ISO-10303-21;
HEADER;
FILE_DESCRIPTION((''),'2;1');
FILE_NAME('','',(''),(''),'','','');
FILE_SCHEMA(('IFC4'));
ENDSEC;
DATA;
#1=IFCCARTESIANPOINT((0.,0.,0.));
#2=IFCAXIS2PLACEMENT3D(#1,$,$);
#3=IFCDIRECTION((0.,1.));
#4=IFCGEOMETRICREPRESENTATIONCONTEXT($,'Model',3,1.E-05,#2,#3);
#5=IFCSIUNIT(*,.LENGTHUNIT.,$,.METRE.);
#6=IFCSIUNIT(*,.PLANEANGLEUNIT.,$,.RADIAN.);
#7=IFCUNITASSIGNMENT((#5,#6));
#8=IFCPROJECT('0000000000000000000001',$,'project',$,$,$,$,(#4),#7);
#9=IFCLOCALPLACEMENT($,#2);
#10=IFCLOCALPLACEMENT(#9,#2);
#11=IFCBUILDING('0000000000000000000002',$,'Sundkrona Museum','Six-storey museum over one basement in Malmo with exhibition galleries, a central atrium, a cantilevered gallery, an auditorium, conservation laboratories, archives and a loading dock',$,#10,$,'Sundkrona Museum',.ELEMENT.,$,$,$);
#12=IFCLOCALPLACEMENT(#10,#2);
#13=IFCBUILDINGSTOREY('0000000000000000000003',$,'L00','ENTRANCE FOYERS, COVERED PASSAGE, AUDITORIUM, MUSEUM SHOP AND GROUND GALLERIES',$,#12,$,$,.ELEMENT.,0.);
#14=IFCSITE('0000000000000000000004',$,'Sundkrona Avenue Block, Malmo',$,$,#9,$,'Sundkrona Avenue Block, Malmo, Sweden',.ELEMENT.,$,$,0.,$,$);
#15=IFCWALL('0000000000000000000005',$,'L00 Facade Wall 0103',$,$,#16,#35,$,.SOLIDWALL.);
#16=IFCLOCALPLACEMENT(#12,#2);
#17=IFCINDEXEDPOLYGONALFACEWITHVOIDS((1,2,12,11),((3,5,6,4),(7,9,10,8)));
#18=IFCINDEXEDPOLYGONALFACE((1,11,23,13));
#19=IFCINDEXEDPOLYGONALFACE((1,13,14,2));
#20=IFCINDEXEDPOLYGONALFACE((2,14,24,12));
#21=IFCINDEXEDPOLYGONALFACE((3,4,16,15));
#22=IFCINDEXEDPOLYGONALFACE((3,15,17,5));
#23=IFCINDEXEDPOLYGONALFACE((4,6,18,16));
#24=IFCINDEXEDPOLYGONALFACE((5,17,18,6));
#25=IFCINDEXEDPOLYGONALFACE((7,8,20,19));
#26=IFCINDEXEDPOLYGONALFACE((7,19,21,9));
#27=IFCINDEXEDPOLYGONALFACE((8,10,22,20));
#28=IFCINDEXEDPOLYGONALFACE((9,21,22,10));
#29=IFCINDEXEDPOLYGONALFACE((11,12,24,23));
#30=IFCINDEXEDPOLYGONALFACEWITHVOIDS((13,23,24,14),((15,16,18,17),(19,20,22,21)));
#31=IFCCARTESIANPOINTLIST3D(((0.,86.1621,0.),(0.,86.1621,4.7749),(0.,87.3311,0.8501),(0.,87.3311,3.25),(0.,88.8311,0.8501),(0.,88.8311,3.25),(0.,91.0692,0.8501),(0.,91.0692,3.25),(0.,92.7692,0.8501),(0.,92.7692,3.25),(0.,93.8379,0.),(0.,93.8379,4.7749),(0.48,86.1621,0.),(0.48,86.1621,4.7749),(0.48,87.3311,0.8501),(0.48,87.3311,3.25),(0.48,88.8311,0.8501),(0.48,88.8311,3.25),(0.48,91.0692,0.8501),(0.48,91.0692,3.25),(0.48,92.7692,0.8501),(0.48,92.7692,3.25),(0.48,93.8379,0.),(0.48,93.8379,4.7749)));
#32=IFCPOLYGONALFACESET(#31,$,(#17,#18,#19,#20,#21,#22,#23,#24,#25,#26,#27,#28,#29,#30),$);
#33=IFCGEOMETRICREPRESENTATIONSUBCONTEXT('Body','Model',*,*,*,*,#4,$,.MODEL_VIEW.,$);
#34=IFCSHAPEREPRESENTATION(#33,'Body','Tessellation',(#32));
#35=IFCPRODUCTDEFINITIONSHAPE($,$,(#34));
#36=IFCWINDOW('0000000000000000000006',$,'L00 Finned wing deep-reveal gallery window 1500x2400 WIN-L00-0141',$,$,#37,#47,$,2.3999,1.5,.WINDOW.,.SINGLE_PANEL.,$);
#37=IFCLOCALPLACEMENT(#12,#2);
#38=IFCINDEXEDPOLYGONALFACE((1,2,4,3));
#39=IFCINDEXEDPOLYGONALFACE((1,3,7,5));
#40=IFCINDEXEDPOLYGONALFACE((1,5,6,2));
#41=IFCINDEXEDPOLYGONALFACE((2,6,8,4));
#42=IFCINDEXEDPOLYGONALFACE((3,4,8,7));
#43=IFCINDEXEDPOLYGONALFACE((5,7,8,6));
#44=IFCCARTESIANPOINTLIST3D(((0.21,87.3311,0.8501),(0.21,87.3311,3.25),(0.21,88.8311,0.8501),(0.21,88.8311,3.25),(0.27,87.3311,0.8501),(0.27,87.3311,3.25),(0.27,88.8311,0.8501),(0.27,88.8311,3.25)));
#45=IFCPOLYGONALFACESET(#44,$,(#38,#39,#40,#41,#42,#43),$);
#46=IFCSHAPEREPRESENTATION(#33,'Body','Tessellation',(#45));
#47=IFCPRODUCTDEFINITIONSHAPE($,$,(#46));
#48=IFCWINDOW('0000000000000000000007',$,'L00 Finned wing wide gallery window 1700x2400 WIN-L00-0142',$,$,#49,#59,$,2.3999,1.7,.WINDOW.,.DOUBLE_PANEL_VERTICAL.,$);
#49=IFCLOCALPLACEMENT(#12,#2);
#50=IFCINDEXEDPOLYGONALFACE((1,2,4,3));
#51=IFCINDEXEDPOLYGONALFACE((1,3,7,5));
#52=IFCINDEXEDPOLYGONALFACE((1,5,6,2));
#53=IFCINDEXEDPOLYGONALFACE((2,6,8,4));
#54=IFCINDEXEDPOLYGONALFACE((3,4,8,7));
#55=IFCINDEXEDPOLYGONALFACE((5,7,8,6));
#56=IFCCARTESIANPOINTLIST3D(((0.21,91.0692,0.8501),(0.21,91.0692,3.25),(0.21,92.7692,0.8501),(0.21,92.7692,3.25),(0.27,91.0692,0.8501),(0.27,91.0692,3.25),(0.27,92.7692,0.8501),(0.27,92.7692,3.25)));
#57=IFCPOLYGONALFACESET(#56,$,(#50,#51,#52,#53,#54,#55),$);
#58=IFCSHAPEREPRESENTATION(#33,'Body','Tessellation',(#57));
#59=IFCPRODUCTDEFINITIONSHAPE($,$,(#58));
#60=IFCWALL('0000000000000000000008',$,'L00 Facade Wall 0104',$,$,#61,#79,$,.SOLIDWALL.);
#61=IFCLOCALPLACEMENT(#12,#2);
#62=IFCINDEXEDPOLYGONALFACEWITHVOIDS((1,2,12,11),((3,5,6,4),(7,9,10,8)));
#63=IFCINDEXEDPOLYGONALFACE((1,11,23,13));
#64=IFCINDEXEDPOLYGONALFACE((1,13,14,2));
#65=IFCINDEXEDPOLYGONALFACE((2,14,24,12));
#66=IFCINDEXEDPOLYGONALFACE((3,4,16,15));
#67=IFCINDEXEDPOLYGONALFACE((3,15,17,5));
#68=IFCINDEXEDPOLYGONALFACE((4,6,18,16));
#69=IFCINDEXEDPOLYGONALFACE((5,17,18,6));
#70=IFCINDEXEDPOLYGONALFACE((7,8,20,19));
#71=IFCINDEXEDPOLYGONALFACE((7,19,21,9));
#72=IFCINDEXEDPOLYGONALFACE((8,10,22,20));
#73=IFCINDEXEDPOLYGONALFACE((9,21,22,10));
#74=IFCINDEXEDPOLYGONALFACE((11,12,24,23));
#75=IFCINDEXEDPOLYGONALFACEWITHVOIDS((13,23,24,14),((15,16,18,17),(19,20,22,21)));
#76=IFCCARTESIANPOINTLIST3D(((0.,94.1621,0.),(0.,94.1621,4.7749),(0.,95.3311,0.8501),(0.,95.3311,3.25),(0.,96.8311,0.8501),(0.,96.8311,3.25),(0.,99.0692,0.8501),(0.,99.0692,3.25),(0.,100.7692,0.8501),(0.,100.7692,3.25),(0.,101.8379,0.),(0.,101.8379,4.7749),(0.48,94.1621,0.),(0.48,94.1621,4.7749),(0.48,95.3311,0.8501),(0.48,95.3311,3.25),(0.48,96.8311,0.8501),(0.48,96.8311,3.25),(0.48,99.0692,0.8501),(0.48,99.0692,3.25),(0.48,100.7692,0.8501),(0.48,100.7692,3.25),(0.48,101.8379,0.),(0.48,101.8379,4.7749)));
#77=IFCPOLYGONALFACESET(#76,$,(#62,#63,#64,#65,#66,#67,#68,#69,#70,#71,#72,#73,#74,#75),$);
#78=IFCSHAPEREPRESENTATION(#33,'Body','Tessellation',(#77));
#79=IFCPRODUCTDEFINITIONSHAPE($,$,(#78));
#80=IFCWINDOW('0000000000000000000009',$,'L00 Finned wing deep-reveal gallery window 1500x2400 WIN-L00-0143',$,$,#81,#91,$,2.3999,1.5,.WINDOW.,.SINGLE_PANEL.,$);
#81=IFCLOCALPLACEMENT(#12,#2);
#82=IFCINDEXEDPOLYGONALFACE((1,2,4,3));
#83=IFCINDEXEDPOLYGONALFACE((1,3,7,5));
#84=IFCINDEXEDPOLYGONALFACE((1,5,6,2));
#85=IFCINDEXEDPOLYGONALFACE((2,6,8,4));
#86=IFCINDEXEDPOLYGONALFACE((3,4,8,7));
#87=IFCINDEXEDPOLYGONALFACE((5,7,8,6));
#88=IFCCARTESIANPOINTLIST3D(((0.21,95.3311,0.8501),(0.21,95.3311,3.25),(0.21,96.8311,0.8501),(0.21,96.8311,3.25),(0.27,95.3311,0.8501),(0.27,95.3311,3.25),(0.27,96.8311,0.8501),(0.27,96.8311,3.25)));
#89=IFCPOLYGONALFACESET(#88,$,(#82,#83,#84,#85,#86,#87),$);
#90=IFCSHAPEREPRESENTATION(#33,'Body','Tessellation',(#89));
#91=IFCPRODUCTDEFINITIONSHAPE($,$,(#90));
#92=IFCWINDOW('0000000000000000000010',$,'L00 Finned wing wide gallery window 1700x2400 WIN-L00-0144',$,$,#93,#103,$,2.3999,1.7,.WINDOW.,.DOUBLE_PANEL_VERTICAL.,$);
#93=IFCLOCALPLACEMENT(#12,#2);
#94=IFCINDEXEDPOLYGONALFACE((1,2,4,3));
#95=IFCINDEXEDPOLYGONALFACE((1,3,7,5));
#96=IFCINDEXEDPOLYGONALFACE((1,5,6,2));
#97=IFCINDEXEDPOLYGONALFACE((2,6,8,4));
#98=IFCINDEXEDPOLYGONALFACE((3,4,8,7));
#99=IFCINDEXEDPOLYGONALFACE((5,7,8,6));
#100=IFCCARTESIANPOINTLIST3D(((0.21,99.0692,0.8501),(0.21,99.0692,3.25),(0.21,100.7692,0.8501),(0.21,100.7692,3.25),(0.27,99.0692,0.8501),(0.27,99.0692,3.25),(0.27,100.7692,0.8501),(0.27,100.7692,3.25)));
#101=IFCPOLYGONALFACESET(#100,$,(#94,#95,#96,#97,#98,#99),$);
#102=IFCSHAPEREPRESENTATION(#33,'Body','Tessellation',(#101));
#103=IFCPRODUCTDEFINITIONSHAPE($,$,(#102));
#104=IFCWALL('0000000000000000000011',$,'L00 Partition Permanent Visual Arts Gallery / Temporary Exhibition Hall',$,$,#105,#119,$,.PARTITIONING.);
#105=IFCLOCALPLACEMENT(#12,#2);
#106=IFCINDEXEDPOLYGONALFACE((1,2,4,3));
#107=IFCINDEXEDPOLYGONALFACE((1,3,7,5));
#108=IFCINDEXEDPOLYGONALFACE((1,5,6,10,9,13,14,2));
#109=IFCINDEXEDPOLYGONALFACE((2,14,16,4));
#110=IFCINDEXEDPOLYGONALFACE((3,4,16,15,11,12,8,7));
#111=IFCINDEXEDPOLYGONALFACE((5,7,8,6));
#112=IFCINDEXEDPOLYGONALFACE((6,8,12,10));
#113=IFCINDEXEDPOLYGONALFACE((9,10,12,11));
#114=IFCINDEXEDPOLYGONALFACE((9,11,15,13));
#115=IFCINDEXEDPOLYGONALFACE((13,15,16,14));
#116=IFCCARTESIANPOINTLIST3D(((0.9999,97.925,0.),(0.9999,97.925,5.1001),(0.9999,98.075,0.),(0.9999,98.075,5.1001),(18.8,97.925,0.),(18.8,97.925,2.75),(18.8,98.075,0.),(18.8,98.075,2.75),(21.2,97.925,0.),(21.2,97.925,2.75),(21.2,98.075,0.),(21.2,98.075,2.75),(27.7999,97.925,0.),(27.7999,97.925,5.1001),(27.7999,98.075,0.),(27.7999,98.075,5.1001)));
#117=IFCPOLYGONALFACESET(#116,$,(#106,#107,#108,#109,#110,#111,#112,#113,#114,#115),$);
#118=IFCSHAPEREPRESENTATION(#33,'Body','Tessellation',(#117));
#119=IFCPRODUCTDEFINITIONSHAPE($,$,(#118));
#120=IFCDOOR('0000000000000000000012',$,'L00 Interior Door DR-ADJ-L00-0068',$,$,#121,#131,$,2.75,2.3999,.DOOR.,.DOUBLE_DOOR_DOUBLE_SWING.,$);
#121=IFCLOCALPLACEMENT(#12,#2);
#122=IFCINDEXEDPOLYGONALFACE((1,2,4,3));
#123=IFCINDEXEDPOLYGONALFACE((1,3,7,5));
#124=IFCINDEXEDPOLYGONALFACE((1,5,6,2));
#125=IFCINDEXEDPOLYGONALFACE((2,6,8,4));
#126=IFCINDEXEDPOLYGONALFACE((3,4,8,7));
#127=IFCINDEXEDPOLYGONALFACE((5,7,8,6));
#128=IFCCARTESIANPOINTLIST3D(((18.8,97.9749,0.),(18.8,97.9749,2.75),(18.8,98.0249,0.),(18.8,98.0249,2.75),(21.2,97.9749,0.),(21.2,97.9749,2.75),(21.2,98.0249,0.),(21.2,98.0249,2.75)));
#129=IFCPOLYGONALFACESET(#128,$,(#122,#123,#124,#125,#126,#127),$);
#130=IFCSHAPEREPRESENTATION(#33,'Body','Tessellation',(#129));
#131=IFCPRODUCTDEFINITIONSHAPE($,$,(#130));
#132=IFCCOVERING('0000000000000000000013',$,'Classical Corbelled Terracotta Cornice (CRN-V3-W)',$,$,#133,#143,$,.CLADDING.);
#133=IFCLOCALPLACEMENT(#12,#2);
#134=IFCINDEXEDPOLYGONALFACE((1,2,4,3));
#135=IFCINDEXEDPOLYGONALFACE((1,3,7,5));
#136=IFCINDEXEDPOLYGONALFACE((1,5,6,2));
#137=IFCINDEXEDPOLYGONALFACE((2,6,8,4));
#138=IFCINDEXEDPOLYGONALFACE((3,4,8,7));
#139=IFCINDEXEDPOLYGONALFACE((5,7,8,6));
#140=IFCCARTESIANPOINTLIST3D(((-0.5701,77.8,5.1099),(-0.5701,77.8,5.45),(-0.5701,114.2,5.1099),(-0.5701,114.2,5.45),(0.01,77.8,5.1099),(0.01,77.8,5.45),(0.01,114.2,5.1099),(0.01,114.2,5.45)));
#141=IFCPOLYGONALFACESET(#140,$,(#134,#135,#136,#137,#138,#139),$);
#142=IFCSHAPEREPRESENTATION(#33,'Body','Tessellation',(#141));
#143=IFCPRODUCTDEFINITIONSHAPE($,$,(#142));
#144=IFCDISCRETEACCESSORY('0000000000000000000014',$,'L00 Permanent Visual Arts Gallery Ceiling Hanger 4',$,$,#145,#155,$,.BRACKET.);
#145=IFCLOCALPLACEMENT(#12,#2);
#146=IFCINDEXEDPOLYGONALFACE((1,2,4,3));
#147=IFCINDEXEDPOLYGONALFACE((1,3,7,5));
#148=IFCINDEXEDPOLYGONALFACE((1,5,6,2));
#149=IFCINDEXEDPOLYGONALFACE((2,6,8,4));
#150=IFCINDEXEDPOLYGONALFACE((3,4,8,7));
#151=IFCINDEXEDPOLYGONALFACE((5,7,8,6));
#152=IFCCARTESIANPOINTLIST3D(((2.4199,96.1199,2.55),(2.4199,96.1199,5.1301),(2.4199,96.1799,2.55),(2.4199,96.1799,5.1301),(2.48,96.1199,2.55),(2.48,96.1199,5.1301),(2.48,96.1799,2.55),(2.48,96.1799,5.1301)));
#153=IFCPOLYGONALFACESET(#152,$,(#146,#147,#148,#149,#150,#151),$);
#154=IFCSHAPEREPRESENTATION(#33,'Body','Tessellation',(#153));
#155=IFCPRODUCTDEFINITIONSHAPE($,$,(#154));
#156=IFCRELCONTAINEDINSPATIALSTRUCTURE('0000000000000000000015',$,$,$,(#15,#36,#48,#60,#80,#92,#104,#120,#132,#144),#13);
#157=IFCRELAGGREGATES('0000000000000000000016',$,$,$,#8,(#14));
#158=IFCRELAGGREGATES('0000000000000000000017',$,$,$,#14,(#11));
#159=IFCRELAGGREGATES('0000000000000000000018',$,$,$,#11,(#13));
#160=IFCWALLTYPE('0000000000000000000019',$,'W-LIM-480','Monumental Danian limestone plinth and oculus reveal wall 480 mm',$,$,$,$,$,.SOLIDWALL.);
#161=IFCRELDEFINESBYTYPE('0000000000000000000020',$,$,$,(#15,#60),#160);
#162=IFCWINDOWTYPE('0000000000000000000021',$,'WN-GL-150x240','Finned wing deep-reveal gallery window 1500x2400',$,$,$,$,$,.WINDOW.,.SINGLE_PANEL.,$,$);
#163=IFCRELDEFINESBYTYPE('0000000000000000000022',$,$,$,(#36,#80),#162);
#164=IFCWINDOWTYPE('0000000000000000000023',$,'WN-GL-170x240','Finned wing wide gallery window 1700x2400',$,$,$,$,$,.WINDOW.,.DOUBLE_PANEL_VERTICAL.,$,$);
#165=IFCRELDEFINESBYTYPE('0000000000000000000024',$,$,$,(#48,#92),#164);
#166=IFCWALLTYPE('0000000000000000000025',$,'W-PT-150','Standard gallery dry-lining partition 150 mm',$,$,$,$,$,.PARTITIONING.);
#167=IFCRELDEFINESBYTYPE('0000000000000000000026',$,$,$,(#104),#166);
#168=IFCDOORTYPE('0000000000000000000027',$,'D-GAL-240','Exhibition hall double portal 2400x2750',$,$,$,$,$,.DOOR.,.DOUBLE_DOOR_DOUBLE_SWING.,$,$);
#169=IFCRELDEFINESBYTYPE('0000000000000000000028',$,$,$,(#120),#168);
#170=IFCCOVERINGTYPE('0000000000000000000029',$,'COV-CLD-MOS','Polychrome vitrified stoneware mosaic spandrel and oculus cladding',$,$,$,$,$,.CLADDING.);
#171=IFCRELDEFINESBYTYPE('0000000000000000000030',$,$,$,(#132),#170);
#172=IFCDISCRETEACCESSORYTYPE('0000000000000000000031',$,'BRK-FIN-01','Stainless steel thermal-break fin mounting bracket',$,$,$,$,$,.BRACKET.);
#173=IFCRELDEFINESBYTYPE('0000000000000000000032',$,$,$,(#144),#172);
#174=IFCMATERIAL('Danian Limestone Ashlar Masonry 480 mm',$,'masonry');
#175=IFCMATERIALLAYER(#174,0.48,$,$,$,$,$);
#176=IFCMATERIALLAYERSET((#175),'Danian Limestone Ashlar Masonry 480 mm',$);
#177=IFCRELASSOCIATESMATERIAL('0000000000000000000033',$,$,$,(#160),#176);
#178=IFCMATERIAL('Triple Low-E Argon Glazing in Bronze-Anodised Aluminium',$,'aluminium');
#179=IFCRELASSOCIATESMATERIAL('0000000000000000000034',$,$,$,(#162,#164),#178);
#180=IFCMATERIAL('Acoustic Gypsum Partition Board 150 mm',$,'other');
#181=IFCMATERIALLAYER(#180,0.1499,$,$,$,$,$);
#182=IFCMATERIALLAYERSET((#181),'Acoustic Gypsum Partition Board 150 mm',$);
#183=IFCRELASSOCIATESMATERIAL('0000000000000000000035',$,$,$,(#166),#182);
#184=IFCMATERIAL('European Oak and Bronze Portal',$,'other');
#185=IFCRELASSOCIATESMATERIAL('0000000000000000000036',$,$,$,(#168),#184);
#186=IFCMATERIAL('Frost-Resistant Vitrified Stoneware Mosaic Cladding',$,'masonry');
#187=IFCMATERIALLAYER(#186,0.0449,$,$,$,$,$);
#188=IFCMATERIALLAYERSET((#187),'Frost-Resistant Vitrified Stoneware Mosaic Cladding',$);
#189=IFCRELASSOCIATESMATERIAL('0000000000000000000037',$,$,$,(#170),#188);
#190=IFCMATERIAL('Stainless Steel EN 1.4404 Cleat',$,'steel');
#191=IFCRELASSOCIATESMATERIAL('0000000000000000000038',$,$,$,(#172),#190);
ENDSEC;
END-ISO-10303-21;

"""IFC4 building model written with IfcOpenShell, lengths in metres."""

from ifc_helpers import new_model, si_unit, direction, frame, frame_2d, origin, origin_2d, place, context, subcontext, project, spatial, rectangle, extrude, material, layer, layer_set, type_object, element, fill, save


model = new_model("IFC4")

# Units and contexts
model_context = context("Model", 3, precision=1e-05, world=origin(), true_north=direction((0.0, 1.0)))
body_context = subcontext(model_context, "Body", "Model", "MODEL_VIEW")
ifc_project = project(units=[si_unit("LENGTHUNIT", "METRE"), si_unit("PLANEANGLEUNIT", "RADIAN")], contexts=[model_context])

# Site, building, storey
site_placement = place(None, origin())
site = spatial("IfcSite", under=ifc_project, at=site_placement, Name="Sundkrona Avenue Block, Malmo", LongName="Sundkrona Avenue Block, Malmo, Sweden", CompositionType="ELEMENT", RefElevation=0.0)
building_placement = place(site_placement, origin())
building = spatial("IfcBuilding", under=site, at=building_placement, Name="Sundkrona Museum", Description="Six-storey museum over one basement in Malmo with exhibition galleries, a central atrium, a cantilevered gallery, an auditorium, conservation laboratories, archives and a loading dock", LongName="Sundkrona Museum", CompositionType="ELEMENT")
storey_placement = place(building_placement, origin())
storey = spatial("IfcBuildingStorey", under=building, at=storey_placement, Name="L00", Description="ENTRANCE FOYERS, COVERED PASSAGE, AUDITORIUM, MUSEUM SHOP AND GROUND GALLERIES", CompositionType="ELEMENT", Elevation=0.0)

# Walls, openings, windows
ifc_material_1 = material(Name="Danian Limestone Ashlar Masonry 480 mm", Category="masonry")
ifc_layer_1 = layer(ifc_material_1, 0.48)
ifc_layer_set_1 = layer_set([ifc_layer_1], Name="Danian Limestone Ashlar Masonry 480 mm")
wall_type_1 = type_object("IfcWallType", Name="W-LIM-480", Description="Monumental Danian limestone plinth and oculus reveal wall 480 mm", PredefinedType="SOLIDWALL", material=ifc_layer_set_1)
wall_1_placement = place(storey_placement, frame((0.24, 86.1621, 0.0), z_axis=(0.0, 0.0, 1.0), x_axis=(0.0, 1.0, 0.0)))
wall_1 = element("IfcWall", 1, at=wall_1_placement, inside=storey, type_object=wall_type_1, Name="L00 Facade Wall 0103", PredefinedType="SOLIDWALL", context=body_context, shape_type="SweptSolid", body=[
    extrude(rectangle(XDim=7.6758, YDim=0.48, at=frame_2d((3.8379, 0.0))), origin(), (0.0, 0.0, 1.0), 4.7749),
])
opening_1_placement = place(wall_1_placement, frame((1.1689, 0.0, 0.8501)))
opening_1 = element("IfcOpeningElement", 2, at=opening_1_placement, cuts=wall_1, PredefinedType="OPENING", context=body_context, shape_type="SweptSolid", body=[
    extrude(rectangle(XDim=1.5, YDim=2.3999, at=frame_2d((0.75, 1.2))), frame((0.0, 0.25, 0.0), z_axis=(0.0, -1.0, 0.0), x_axis=(1.0, 0.0, 0.0)), (0.0, 0.0, 1.0), 0.5),
])
opening_2_placement = place(wall_1_placement, frame((4.907, 0.0, 0.8501)))
opening_2 = element("IfcOpeningElement", 3, at=opening_2_placement, cuts=wall_1, PredefinedType="OPENING", context=body_context, shape_type="SweptSolid", body=[
    extrude(rectangle(XDim=1.7, YDim=2.3999, at=frame_2d((0.8501, 1.2))), frame((0.0, 0.25, 0.0), z_axis=(0.0, -1.0, 0.0), x_axis=(1.0, 0.0, 0.0)), (0.0, 0.0, 1.0), 0.5),
])
ifc_material_2 = material(Name="Triple Low-E Argon Glazing in Bronze-Anodised Aluminium", Category="aluminium")
window_type_1 = type_object("IfcWindowType", Name="WN-GL-150x240", Description="Finned wing deep-reveal gallery window 1500x2400", PartitioningType="SINGLE_PANEL", PredefinedType="WINDOW", material=ifc_material_2)
window_1_placement = place(opening_1_placement, origin())
window_1 = element("IfcWindow", 4, at=window_1_placement, inside=storey, type_object=window_type_1, Name="L00 Finned wing deep-reveal gallery window 1500x2400 WIN-L00-0141", OverallHeight=2.3999, OverallWidth=1.5, PartitioningType="SINGLE_PANEL", PredefinedType="WINDOW", context=body_context, shape_type="SweptSolid", body=[
    extrude(rectangle(XDim=1.5, YDim=2.3999, at=frame_2d((0.75, 1.2))), frame((0.0, 0.03, 0.0), z_axis=(0.0, -1.0, 0.0), x_axis=(1.0, 0.0, 0.0)), (0.0, 0.0, 1.0), 0.0601),
])
fill(opening_1, window_1)
window_type_2 = type_object("IfcWindowType", Name="WN-GL-170x240", Description="Finned wing wide gallery window 1700x2400", PartitioningType="DOUBLE_PANEL_VERTICAL", PredefinedType="WINDOW", material=ifc_material_2)
window_2_placement = place(opening_2_placement, origin())
window_2 = element("IfcWindow", 5, at=window_2_placement, inside=storey, type_object=window_type_2, Name="L00 Finned wing wide gallery window 1700x2400 WIN-L00-0142", OverallHeight=2.3999, OverallWidth=1.7, PartitioningType="DOUBLE_PANEL_VERTICAL", PredefinedType="WINDOW", context=body_context, shape_type="SweptSolid", body=[
    extrude(rectangle(XDim=1.7, YDim=2.3999, at=frame_2d((0.8501, 1.2))), frame((0.0, 0.03, 0.0), z_axis=(0.0, -1.0, 0.0), x_axis=(1.0, 0.0, 0.0)), (0.0, 0.0, 1.0), 0.0601),
])
fill(opening_2, window_2)
wall_2_placement = place(storey_placement, frame((0.24, 94.1621, 0.0), z_axis=(0.0, 0.0, 1.0), x_axis=(0.0, 1.0, 0.0)))
wall_2 = element("IfcWall", 6, at=wall_2_placement, inside=storey, type_object=wall_type_1, Name="L00 Facade Wall 0104", PredefinedType="SOLIDWALL", context=body_context, shape_type="SweptSolid", body=[
    extrude(rectangle(XDim=7.6758, YDim=0.48, at=frame_2d((3.8379, 0.0))), origin(), (0.0, 0.0, 1.0), 4.7749),
])
opening_3_placement = place(wall_2_placement, frame((1.1689, 0.0, 0.8501)))
opening_3 = element("IfcOpeningElement", 7, at=opening_3_placement, cuts=wall_2, PredefinedType="OPENING", context=body_context, shape_type="SweptSolid", body=[
    extrude(rectangle(XDim=1.5, YDim=2.3999, at=frame_2d((0.75, 1.2))), frame((0.0, 0.25, 0.0), z_axis=(0.0, -1.0, 0.0), x_axis=(1.0, 0.0, 0.0)), (0.0, 0.0, 1.0), 0.5),
])
opening_4_placement = place(wall_2_placement, frame((4.907, 0.0, 0.8501)))
opening_4 = element("IfcOpeningElement", 8, at=opening_4_placement, cuts=wall_2, PredefinedType="OPENING", context=body_context, shape_type="SweptSolid", body=[
    extrude(rectangle(XDim=1.7, YDim=2.3999, at=frame_2d((0.8501, 1.2))), frame((0.0, 0.25, 0.0), z_axis=(0.0, -1.0, 0.0), x_axis=(1.0, 0.0, 0.0)), (0.0, 0.0, 1.0), 0.5),
])
window_3_placement = place(opening_3_placement, origin())
window_3 = element("IfcWindow", 9, at=window_3_placement, inside=storey, type_object=window_type_1, Name="L00 Finned wing deep-reveal gallery window 1500x2400 WIN-L00-0143", OverallHeight=2.3999, OverallWidth=1.5, PartitioningType="SINGLE_PANEL", PredefinedType="WINDOW", context=body_context, shape_type="SweptSolid", body=[
    extrude(rectangle(XDim=1.5, YDim=2.3999, at=frame_2d((0.75, 1.2))), frame((0.0, 0.03, 0.0), z_axis=(0.0, -1.0, 0.0), x_axis=(1.0, 0.0, 0.0)), (0.0, 0.0, 1.0), 0.0601),
])
fill(opening_3, window_3)
window_4_placement = place(opening_4_placement, origin())
window_4 = element("IfcWindow", 10, at=window_4_placement, inside=storey, type_object=window_type_2, Name="L00 Finned wing wide gallery window 1700x2400 WIN-L00-0144", OverallHeight=2.3999, OverallWidth=1.7, PartitioningType="DOUBLE_PANEL_VERTICAL", PredefinedType="WINDOW", context=body_context, shape_type="SweptSolid", body=[
    extrude(rectangle(XDim=1.7, YDim=2.3999, at=frame_2d((0.8501, 1.2))), frame((0.0, 0.03, 0.0), z_axis=(0.0, -1.0, 0.0), x_axis=(1.0, 0.0, 0.0)), (0.0, 0.0, 1.0), 0.0601),
])
fill(opening_4, window_4)

# Wall, opening, door
ifc_material_3 = material(Name="Acoustic Gypsum Partition Board 150 mm", Category="other")
ifc_layer_2 = layer(ifc_material_3, 0.1499)
ifc_layer_set_2 = layer_set([ifc_layer_2], Name="Acoustic Gypsum Partition Board 150 mm")
wall_type_2 = type_object("IfcWallType", Name="W-PT-150", Description="Standard gallery dry-lining partition 150 mm", PredefinedType="PARTITIONING", material=ifc_layer_set_2)
wall_3_placement = place(storey_placement, frame((1.0, 98.0, 0.0), z_axis=(0.0, 0.0, 1.0), x_axis=(1.0, 0.0, 0.0)))
wall_3 = element("IfcWall", 11, at=wall_3_placement, inside=storey, type_object=wall_type_2, Name="L00 Partition Permanent Visual Arts Gallery / Temporary Exhibition Hall", PredefinedType="PARTITIONING", context=body_context, shape_type="SweptSolid", body=[
    extrude(rectangle(XDim=26.8, YDim=0.1499, at=frame_2d((13.3999, 0.0))), origin(), (0.0, 0.0, 1.0), 5.1001),
])
opening_5_placement = place(wall_3_placement, frame((17.8, 0.0, 0.0)))
opening_5 = element("IfcOpeningElement", 12, at=opening_5_placement, cuts=wall_3, PredefinedType="OPENING", context=body_context, shape_type="SweptSolid", body=[
    extrude(rectangle(XDim=2.3999, YDim=2.75, at=frame_2d((1.2, 1.375))), frame((0.0, 0.085, 0.0), z_axis=(0.0, -1.0, 0.0), x_axis=(1.0, 0.0, 0.0)), (0.0, 0.0, 1.0), 0.1699),
])
ifc_material_4 = material(Name="European Oak and Bronze Portal", Category="other")
door_type = type_object("IfcDoorType", Name="D-GAL-240", Description="Exhibition hall double portal 2400x2750", OperationType="DOUBLE_DOOR_DOUBLE_SWING", PredefinedType="DOOR", material=ifc_material_4)
door_placement = place(opening_5_placement, origin())
door = element("IfcDoor", 13, at=door_placement, inside=storey, type_object=door_type, Name="L00 Interior Door DR-ADJ-L00-0068", OperationType="DOUBLE_DOOR_DOUBLE_SWING", OverallHeight=2.75, OverallWidth=2.3999, PredefinedType="DOOR", context=body_context, shape_type="SweptSolid", body=[
    extrude(rectangle(XDim=2.3999, YDim=2.75, at=frame_2d((1.2, 1.375))), frame((0.0, 0.0249, 0.0), z_axis=(0.0, -1.0, 0.0), x_axis=(1.0, 0.0, 0.0)), (0.0, 0.0, 1.0), 0.05),
])
fill(opening_5, door)

# Covering
ifc_material_5 = material(Name="Frost-Resistant Vitrified Stoneware Mosaic Cladding", Category="masonry")
ifc_layer_3 = layer(ifc_material_5, 0.0449)
ifc_layer_set_3 = layer_set([ifc_layer_3], Name="Frost-Resistant Vitrified Stoneware Mosaic Cladding")
covering_type = type_object("IfcCoveringType", Name="COV-CLD-MOS", Description="Polychrome vitrified stoneware mosaic spandrel and oculus cladding", PredefinedType="CLADDING", material=ifc_layer_set_3)
covering_placement = place(storey_placement, frame((-0.28, 96.0, 5.1099), z_axis=(0.0, 0.0, 1.0), x_axis=(1.0, 0.0, 0.0)))
element("IfcCovering", 14, at=covering_placement, inside=storey, type_object=covering_type, Name="Classical Corbelled Terracotta Cornice (CRN-V3-W)", PredefinedType="CLADDING", context=body_context, shape_type="SweptSolid", body=[
    extrude(rectangle(XDim=0.5801, YDim=36.3999, at=origin_2d()), origin(), (0.0, 0.0, 1.0), 0.3401),
])

# Discrete accessory
ifc_material_6 = material(Name="Stainless Steel EN 1.4404 Cleat", Category="steel")
discrete_accessory_type = type_object("IfcDiscreteAccessoryType", Name="BRK-FIN-01", Description="Stainless steel thermal-break fin mounting bracket", PredefinedType="BRACKET", material=ifc_material_6)
discrete_accessory_1_placement = place(storey_placement, frame((2.45, 96.1499, 2.55), z_axis=(0.0, 0.0, 1.0), x_axis=(1.0, 0.0, 0.0)))
element("IfcDiscreteAccessory", 15, at=discrete_accessory_1_placement, inside=storey, type_object=discrete_accessory_type, Name="L00 Permanent Visual Arts Gallery Ceiling Hanger 4", PredefinedType="BRACKET", context=body_context, shape_type="SweptSolid", body=[
    extrude(rectangle(XDim=0.0601, YDim=0.0601, at=origin_2d()), origin(), (0.0, 0.0, 1.0), 2.5801),
])

save(model, "model.ifc")
